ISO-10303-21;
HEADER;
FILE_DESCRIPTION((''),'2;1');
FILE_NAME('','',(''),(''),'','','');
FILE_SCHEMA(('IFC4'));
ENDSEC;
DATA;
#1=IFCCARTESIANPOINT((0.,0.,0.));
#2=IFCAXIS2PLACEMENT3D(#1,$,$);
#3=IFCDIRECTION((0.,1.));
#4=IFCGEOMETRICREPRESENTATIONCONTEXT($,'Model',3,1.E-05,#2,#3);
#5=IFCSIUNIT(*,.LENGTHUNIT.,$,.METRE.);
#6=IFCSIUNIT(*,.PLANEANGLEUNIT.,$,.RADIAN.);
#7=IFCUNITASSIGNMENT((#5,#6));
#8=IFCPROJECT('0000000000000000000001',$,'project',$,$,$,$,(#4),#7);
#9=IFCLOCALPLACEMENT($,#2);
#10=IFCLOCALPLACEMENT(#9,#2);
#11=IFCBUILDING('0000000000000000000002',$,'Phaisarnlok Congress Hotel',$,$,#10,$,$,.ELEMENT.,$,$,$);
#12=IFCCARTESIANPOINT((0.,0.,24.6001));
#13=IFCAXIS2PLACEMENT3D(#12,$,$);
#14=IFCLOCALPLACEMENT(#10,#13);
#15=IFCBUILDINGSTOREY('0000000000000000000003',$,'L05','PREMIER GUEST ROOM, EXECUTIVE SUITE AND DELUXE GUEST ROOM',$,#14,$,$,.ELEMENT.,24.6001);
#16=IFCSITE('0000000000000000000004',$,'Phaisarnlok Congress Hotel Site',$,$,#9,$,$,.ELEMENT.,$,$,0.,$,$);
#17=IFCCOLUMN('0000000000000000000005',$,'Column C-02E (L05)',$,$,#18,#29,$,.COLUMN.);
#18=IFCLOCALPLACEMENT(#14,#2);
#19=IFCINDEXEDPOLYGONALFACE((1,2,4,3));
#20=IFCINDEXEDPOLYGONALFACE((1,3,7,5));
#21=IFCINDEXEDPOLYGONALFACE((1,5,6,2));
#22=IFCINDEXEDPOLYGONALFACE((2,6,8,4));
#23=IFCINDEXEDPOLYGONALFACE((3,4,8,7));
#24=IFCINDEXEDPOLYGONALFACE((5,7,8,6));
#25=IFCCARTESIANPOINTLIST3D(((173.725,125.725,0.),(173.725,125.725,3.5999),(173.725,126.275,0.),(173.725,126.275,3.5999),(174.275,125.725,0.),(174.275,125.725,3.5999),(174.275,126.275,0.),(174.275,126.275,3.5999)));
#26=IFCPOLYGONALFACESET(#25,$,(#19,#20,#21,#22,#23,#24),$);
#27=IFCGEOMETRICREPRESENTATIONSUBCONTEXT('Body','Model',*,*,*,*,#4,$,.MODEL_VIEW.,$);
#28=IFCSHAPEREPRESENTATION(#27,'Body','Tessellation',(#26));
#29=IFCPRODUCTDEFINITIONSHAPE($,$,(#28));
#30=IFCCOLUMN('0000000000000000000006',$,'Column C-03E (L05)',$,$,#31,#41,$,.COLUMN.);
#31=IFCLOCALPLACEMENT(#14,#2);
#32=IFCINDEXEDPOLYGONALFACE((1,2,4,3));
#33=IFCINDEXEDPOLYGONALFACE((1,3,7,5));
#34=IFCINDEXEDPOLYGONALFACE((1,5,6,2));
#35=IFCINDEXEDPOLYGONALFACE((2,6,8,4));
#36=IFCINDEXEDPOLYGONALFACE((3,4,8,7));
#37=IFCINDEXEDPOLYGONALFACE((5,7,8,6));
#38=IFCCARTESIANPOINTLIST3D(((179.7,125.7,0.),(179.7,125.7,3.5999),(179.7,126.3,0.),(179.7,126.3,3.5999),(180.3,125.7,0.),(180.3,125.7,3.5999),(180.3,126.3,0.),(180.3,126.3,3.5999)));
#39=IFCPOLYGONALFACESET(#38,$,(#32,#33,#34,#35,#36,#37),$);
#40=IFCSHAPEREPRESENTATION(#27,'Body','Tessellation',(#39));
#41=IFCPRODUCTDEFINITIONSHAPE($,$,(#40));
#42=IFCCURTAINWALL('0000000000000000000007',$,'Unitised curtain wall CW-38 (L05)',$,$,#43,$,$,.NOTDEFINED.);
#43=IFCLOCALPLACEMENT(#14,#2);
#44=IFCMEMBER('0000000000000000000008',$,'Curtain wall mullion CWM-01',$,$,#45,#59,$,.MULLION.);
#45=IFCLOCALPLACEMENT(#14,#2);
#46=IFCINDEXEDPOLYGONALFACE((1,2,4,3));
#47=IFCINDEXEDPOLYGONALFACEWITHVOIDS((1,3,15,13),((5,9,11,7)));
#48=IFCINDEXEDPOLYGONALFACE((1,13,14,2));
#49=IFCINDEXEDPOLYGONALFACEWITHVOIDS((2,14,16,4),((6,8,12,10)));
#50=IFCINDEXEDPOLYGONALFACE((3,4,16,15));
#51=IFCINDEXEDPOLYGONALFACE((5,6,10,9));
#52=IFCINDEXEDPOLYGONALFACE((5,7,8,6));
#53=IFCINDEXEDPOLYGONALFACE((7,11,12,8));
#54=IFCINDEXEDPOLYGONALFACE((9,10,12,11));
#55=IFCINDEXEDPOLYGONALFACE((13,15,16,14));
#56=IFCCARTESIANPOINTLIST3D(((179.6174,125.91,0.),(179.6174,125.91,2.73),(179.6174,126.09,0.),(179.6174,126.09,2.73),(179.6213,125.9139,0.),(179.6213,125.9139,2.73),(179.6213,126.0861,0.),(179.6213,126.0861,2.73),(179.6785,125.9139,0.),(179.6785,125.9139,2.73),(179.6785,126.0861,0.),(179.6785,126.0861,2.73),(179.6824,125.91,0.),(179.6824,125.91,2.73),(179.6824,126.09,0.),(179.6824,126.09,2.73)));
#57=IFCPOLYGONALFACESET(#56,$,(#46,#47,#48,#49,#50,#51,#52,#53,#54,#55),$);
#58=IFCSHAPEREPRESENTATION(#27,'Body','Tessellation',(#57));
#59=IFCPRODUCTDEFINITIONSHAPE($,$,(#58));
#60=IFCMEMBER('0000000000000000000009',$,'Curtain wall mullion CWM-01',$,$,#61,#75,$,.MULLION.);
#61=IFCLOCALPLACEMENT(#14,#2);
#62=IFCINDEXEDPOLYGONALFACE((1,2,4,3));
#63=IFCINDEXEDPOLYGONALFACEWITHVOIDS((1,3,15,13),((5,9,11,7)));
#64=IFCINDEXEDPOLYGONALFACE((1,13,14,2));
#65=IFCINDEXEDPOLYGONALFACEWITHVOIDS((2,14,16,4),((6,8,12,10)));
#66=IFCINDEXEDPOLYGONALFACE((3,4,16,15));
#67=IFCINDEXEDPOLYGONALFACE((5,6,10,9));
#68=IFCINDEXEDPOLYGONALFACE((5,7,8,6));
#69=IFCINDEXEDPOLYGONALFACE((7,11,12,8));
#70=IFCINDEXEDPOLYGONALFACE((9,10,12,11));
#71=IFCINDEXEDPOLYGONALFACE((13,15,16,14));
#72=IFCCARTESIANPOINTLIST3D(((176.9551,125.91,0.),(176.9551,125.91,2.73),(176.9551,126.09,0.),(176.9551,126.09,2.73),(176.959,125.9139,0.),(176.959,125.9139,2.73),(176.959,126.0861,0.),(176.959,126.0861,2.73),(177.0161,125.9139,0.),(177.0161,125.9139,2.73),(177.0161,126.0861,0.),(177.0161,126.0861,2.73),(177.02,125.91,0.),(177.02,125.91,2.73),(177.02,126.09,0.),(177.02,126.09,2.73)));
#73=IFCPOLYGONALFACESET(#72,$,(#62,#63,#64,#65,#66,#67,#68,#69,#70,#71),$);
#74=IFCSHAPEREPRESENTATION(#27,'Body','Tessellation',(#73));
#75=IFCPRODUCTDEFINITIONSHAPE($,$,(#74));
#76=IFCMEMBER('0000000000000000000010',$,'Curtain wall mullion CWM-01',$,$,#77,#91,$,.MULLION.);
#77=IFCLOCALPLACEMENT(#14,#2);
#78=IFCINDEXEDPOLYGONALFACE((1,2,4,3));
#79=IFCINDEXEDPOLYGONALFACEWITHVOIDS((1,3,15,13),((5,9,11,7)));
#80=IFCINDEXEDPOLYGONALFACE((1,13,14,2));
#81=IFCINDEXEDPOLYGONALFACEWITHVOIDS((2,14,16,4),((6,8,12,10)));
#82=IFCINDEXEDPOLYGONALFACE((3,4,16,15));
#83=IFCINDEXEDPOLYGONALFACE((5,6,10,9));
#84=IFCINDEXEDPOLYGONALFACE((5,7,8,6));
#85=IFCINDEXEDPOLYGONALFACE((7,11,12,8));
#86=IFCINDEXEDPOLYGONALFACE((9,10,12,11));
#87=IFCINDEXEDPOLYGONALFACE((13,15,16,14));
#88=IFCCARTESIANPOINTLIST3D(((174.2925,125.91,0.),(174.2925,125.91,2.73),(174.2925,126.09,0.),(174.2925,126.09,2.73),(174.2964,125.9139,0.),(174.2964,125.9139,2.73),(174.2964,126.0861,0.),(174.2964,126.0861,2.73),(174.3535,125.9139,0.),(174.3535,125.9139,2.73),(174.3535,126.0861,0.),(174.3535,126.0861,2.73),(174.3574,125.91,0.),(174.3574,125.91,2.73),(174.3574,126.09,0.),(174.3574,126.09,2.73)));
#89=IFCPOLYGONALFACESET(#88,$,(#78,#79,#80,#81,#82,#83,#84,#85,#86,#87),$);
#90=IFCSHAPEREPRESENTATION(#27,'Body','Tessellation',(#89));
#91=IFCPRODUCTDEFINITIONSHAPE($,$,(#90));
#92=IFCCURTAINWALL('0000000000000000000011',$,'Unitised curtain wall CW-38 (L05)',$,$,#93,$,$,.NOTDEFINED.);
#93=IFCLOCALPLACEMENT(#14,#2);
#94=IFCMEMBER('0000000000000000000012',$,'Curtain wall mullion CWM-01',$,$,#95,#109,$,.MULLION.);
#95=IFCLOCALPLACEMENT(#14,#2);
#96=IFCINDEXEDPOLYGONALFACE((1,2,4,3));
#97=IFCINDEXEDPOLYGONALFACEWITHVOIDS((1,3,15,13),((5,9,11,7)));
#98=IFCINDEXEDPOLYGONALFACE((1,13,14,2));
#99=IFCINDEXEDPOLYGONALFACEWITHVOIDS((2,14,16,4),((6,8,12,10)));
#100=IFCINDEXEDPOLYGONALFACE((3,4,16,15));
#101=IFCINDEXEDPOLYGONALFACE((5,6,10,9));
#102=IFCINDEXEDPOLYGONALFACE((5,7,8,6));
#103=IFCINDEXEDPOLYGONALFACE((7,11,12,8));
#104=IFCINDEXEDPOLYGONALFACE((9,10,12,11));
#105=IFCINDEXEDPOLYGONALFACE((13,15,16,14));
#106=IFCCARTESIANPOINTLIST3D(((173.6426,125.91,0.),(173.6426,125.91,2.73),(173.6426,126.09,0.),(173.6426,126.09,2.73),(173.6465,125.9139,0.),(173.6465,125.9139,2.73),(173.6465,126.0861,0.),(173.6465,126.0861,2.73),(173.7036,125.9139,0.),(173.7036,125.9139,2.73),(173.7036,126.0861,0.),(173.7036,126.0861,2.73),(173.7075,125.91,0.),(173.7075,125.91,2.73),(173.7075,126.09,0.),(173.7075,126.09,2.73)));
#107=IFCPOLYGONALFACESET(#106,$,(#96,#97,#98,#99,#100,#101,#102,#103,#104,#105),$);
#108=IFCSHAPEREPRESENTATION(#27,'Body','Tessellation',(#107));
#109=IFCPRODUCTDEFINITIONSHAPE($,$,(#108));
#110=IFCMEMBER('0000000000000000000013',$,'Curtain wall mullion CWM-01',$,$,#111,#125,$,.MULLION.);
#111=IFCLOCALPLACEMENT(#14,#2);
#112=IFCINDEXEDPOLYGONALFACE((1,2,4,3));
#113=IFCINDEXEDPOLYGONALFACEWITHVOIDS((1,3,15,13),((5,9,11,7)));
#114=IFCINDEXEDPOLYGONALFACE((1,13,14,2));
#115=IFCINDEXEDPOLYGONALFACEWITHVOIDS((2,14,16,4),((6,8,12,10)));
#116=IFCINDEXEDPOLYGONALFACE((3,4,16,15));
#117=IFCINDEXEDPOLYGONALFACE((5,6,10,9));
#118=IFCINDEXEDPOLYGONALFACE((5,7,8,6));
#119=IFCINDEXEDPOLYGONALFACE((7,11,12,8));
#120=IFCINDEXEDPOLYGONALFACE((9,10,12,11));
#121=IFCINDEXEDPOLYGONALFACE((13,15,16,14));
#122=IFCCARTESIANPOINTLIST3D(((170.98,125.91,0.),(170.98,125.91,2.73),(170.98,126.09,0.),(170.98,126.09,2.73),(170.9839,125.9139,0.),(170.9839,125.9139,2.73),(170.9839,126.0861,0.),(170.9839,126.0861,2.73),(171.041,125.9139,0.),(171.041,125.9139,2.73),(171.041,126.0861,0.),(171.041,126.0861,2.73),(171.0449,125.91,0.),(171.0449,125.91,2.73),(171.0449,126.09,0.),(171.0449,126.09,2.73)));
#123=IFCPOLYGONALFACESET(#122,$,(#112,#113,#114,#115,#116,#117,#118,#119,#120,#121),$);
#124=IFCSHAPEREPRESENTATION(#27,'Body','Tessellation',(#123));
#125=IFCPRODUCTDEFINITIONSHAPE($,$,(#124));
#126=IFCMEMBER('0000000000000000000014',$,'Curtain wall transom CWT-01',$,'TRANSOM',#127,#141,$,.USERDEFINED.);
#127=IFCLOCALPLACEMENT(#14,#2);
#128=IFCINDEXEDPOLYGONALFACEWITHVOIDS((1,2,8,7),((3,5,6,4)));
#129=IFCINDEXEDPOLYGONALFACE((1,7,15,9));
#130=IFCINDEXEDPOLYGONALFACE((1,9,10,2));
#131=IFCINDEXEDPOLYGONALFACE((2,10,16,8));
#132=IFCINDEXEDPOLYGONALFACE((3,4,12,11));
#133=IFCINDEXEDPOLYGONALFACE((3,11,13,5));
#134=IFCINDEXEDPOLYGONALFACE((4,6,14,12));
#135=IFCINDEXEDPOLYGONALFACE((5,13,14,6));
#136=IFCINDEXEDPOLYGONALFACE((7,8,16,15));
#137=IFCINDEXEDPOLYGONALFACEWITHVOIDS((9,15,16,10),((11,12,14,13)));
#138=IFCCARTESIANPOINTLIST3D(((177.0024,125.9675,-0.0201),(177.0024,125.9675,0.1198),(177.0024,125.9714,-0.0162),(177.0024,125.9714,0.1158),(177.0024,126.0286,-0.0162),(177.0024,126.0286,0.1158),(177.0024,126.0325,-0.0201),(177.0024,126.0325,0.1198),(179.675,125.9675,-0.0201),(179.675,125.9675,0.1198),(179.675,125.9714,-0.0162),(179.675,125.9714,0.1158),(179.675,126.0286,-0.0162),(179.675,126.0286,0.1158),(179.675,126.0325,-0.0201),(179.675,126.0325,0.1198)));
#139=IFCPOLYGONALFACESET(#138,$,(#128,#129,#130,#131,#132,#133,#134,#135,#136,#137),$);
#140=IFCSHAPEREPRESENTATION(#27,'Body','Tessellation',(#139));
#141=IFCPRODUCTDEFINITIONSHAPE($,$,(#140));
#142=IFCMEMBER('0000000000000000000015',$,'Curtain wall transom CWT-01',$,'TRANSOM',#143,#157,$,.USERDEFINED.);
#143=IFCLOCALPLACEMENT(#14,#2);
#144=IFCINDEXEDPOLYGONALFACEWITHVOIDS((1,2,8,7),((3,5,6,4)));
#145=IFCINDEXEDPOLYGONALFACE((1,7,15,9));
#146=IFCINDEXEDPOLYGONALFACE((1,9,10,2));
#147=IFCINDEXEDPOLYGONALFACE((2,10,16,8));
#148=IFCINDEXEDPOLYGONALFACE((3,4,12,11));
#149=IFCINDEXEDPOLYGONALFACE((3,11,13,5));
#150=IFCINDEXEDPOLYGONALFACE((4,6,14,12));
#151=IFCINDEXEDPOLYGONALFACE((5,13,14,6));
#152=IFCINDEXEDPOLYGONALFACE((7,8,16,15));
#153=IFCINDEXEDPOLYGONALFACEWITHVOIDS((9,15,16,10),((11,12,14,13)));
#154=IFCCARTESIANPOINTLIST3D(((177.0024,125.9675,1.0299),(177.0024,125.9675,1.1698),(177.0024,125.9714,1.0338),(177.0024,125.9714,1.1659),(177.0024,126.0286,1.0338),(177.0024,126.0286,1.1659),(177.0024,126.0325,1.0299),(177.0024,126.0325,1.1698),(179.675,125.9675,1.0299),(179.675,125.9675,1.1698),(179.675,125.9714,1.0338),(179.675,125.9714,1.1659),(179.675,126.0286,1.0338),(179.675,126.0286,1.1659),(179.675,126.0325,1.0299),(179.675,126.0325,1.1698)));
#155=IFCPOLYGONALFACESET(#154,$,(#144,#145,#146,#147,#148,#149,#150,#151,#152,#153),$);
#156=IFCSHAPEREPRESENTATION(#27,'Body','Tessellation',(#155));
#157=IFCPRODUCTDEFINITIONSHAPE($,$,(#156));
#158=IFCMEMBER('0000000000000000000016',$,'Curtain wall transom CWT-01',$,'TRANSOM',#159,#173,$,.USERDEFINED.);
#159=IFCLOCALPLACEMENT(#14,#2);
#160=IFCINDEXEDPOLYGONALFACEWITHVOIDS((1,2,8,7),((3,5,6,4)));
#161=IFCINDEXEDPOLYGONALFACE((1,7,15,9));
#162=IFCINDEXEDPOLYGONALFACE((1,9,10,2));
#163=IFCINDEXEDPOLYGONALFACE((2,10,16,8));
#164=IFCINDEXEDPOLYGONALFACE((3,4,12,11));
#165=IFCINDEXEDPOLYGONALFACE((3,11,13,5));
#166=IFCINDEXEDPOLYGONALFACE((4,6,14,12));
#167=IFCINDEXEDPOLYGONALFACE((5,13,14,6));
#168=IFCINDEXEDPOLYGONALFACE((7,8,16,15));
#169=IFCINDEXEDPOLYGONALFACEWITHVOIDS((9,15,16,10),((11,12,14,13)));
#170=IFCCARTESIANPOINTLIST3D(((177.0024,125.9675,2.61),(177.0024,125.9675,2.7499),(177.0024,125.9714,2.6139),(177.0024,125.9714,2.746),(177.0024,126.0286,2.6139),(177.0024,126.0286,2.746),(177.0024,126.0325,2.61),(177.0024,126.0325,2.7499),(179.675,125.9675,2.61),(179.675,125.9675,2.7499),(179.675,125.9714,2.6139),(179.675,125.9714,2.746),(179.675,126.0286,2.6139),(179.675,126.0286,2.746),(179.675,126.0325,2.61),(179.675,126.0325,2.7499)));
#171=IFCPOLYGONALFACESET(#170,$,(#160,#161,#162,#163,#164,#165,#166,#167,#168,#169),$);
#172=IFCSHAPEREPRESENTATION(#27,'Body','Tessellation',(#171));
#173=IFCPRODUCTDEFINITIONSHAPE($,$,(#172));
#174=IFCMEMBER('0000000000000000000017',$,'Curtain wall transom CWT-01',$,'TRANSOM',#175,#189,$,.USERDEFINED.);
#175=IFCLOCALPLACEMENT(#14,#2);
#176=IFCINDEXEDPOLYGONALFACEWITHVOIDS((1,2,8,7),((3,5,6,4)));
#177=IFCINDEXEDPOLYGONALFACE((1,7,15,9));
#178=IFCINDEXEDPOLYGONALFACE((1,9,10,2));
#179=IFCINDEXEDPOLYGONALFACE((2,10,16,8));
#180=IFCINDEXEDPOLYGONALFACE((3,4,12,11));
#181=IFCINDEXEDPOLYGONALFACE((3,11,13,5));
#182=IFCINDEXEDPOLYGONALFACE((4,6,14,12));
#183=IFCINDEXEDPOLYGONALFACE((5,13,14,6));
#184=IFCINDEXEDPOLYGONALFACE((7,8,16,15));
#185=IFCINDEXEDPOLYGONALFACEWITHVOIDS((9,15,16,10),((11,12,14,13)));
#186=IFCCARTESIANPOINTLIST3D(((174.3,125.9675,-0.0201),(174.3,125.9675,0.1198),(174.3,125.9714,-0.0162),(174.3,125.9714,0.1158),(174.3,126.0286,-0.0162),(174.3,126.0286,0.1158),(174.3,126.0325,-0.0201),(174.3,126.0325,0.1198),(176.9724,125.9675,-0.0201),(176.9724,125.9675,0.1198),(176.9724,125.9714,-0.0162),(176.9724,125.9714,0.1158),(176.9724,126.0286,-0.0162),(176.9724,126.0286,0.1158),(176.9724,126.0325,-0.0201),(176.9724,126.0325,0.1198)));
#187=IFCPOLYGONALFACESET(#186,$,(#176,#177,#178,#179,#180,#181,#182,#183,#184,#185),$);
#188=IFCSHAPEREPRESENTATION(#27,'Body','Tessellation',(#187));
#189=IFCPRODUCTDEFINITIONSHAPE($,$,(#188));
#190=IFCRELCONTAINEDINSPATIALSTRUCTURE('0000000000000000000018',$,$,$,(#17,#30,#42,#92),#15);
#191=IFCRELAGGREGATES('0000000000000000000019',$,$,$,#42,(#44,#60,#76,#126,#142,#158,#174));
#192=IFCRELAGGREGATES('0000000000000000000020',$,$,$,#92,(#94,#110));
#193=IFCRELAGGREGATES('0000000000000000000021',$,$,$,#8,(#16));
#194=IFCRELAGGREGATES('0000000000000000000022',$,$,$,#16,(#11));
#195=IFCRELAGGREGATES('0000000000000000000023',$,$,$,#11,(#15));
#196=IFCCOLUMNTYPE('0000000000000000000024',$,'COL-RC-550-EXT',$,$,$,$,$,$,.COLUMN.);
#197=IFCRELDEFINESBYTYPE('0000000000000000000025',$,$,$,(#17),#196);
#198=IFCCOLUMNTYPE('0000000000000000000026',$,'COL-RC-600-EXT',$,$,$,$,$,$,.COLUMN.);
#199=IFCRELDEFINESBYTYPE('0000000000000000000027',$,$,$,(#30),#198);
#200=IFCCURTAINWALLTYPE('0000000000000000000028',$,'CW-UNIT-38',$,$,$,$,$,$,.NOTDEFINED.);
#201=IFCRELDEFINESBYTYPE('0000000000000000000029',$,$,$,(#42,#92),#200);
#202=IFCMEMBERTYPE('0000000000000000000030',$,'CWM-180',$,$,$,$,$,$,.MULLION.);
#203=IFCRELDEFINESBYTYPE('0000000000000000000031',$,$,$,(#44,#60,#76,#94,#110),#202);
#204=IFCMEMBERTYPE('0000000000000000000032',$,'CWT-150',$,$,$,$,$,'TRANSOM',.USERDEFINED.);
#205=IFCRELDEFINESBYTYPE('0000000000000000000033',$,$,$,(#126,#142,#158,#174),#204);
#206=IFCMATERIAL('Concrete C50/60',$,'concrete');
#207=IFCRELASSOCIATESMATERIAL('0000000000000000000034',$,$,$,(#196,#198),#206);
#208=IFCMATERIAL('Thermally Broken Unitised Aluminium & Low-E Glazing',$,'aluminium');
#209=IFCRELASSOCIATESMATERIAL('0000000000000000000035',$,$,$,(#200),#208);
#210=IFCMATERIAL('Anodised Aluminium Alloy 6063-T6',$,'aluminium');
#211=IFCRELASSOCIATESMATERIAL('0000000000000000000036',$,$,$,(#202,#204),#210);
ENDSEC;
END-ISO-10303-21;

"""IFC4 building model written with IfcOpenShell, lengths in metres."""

from ifc_helpers import new_model, si_unit, direction, frame, origin, origin_2d, place, context, subcontext, project, spatial, rectangle, hollow_rectangle, extrude, material, material_profile, profile_set, type_object, element, aggregate, save


model = new_model("IFC4")

# Units and contexts
model_context = context("Model", 3, precision=1e-05, world=origin(), true_north=direction((0.0, 1.0)))
body_context = subcontext(model_context, "Body", "Model", "MODEL_VIEW")
ifc_project = project(units=[si_unit("LENGTHUNIT", "METRE"), si_unit("PLANEANGLEUNIT", "RADIAN")], contexts=[model_context])

# Site, building, storey
site_placement = place(None, origin())
site = spatial("IfcSite", under=ifc_project, at=site_placement, Name="Phaisarnlok Congress Hotel Site", CompositionType="ELEMENT", RefElevation=0.0)
building_placement = place(site_placement, origin())
building = spatial("IfcBuilding", under=site, at=building_placement, Name="Phaisarnlok Congress Hotel", CompositionType="ELEMENT")
storey_placement = place(building_placement, frame((0.0, 0.0, 24.6001)))
storey = spatial("IfcBuildingStorey", under=building, at=storey_placement, Name="L05", Description="PREMIER GUEST ROOM, EXECUTIVE SUITE AND DELUXE GUEST ROOM", CompositionType="ELEMENT", Elevation=24.6001)

# Columns
ifc_material_1 = material(Name="Concrete C50/60", Category="concrete")
ifc_material_profile_1 = material_profile(ifc_material_1, rectangle(XDim=0.55, YDim=0.55, at=origin_2d()), Name="RC 550x550")
ifc_profile_set_1 = profile_set([ifc_material_profile_1], Name="Concrete C50/60")
column_type_1 = type_object("IfcColumnType", Name="COL-RC-550-EXT", PredefinedType="COLUMN", material=ifc_profile_set_1)
column_1_placement = place(storey_placement, frame((174.0, 126.0, 0.0), z_axis=(0.0, 0.0, 1.0), x_axis=(1.0, 0.0, 0.0)))
element("IfcColumn", 1, at=column_1_placement, inside=storey, type_object=column_type_1, Name="Column C-02E (L05)", PredefinedType="COLUMN", context=body_context, shape_type="SweptSolid", body=[
    extrude(rectangle(XDim=0.55, YDim=0.55, at=origin_2d()), origin(), (0.0, 0.0, 1.0), 3.5999),
])
ifc_material_profile_2 = material_profile(ifc_material_1, rectangle(XDim=0.6001, YDim=0.6001, at=origin_2d()), Name="RC 600x600")
ifc_profile_set_2 = profile_set([ifc_material_profile_2], Name="Concrete C50/60")
column_type_2 = type_object("IfcColumnType", Name="COL-RC-600-EXT", PredefinedType="COLUMN", material=ifc_profile_set_2)
column_2_placement = place(storey_placement, frame((180.0, 126.0, 0.0), z_axis=(0.0, 0.0, 1.0), x_axis=(1.0, 0.0, 0.0)))
element("IfcColumn", 2, at=column_2_placement, inside=storey, type_object=column_type_2, Name="Column C-03E (L05)", PredefinedType="COLUMN", context=body_context, shape_type="SweptSolid", body=[
    extrude(rectangle(XDim=0.6001, YDim=0.6001, at=origin_2d()), origin(), (0.0, 0.0, 1.0), 3.5999),
])

# Curtain walls, members
ifc_material_2 = material(Name="Thermally Broken Unitised Aluminium & Low-E Glazing", Category="aluminium")
curtain_wall_type = type_object("IfcCurtainWallType", Name="CW-UNIT-38", PredefinedType="NOTDEFINED", material=ifc_material_2)
curtain_wall_1_placement = place(storey_placement, origin())
curtain_wall_1 = element("IfcCurtainWall", 3, at=curtain_wall_1_placement, inside=storey, type_object=curtain_wall_type, Name="Unitised curtain wall CW-38 (L05)", PredefinedType="NOTDEFINED")
ifc_material_3 = material(Name="Anodised Aluminium Alloy 6063-T6", Category="aluminium")
ifc_material_profile_3 = material_profile(ifc_material_3, hollow_rectangle(XDim=0.0649, YDim=0.1799, WallThickness=0.0039, at=origin_2d()), Name="ALU-M 65x180x4")
ifc_profile_set_3 = profile_set([ifc_material_profile_3], Name="Anodised Aluminium Alloy 6063-T6")
member_type_1 = type_object("IfcMemberType", Name="CWM-180", PredefinedType="MULLION", material=ifc_profile_set_3)
member_1_placement = place(storey_placement, frame((179.6499, 126.0, 0.0), z_axis=(0.0, 0.0, 1.0), x_axis=(-1.0, 0.0, 0.0)))
member_1 = element("IfcMember", 4, at=member_1_placement, type_object=member_type_1, Name="Curtain wall mullion CWM-01", PredefinedType="MULLION", context=body_context, shape_type="SweptSolid", body=[
    extrude(hollow_rectangle(XDim=0.0649, YDim=0.1799, WallThickness=0.0039, at=origin_2d()), origin(), (0.0, 0.0, 1.0), 2.73),
])
member_2_placement = place(storey_placement, frame((176.9875, 126.0, 0.0), z_axis=(0.0, 0.0, 1.0), x_axis=(-1.0, 0.0, 0.0)))
member_2 = element("IfcMember", 5, at=member_2_placement, type_object=member_type_1, Name="Curtain wall mullion CWM-01", PredefinedType="MULLION", context=body_context, shape_type="SweptSolid", body=[
    extrude(hollow_rectangle(XDim=0.0649, YDim=0.1799, WallThickness=0.0039, at=origin_2d()), origin(), (0.0, 0.0, 1.0), 2.73),
])
member_3_placement = place(storey_placement, frame((174.325, 126.0, 0.0), z_axis=(0.0, 0.0, 1.0), x_axis=(-1.0, 0.0, 0.0)))
member_3 = element("IfcMember", 6, at=member_3_placement, type_object=member_type_1, Name="Curtain wall mullion CWM-01", PredefinedType="MULLION", context=body_context, shape_type="SweptSolid", body=[
    extrude(hollow_rectangle(XDim=0.0649, YDim=0.1799, WallThickness=0.0039, at=origin_2d()), origin(), (0.0, 0.0, 1.0), 2.73),
])
curtain_wall_2_placement = place(storey_placement, origin())
curtain_wall_2 = element("IfcCurtainWall", 7, at=curtain_wall_2_placement, inside=storey, type_object=curtain_wall_type, Name="Unitised curtain wall CW-38 (L05)", PredefinedType="NOTDEFINED")
member_4_placement = place(storey_placement, frame((173.675, 126.0, 0.0), z_axis=(0.0, 0.0, 1.0), x_axis=(-1.0, 0.0, 0.0)))
member_4 = element("IfcMember", 8, at=member_4_placement, type_object=member_type_1, Name="Curtain wall mullion CWM-01", PredefinedType="MULLION", context=body_context, shape_type="SweptSolid", body=[
    extrude(hollow_rectangle(XDim=0.0649, YDim=0.1799, WallThickness=0.0039, at=origin_2d()), origin(), (0.0, 0.0, 1.0), 2.73),
])
member_5_placement = place(storey_placement, frame((171.0125, 126.0, 0.0), z_axis=(0.0, 0.0, 1.0), x_axis=(-1.0, 0.0, 0.0)))
member_5 = element("IfcMember", 9, at=member_5_placement, type_object=member_type_1, Name="Curtain wall mullion CWM-01", PredefinedType="MULLION", context=body_context, shape_type="SweptSolid", body=[
    extrude(hollow_rectangle(XDim=0.0649, YDim=0.1799, WallThickness=0.0039, at=origin_2d()), origin(), (0.0, 0.0, 1.0), 2.73),
])

# Members
ifc_material_profile_4 = material_profile(ifc_material_3, hollow_rectangle(XDim=0.0649, YDim=0.1399, WallThickness=0.0039, at=origin_2d()), Name="ALU-T 65x140x4")
ifc_profile_set_4 = profile_set([ifc_material_profile_4], Name="Anodised Aluminium Alloy 6063-T6")
member_type_2 = type_object("IfcMemberType", Name="CWT-150", ElementType="TRANSOM", PredefinedType="USERDEFINED", material=ifc_profile_set_4)
member_6_placement = place(storey_placement, frame((179.675, 126.0, 0.0498), z_axis=(-1.0, 0.0, 0.0), x_axis=(0.0, -1.0, 0.0)))
member_6 = element("IfcMember", 10, at=member_6_placement, type_object=member_type_2, Name="Curtain wall transom CWT-01", ObjectType="TRANSOM", PredefinedType="USERDEFINED", context=body_context, shape_type="SweptSolid", body=[
    extrude(hollow_rectangle(XDim=0.0649, YDim=0.1399, WallThickness=0.0039, at=origin_2d()), origin(), (0.0, 0.0, 1.0), 2.6726),
])
member_7_placement = place(storey_placement, frame((179.675, 126.0, 1.0999), z_axis=(-1.0, 0.0, 0.0), x_axis=(0.0, -1.0, 0.0)))
member_7 = element("IfcMember", 11, at=member_7_placement, type_object=member_type_2, Name="Curtain wall transom CWT-01", ObjectType="TRANSOM", PredefinedType="USERDEFINED", context=body_context, shape_type="SweptSolid", body=[
    extrude(hollow_rectangle(XDim=0.0649, YDim=0.1399, WallThickness=0.0039, at=origin_2d()), origin(), (0.0, 0.0, 1.0), 2.6726),
])
member_8_placement = place(storey_placement, frame((179.675, 126.0, 2.6799), z_axis=(-1.0, 0.0, 0.0), x_axis=(0.0, -1.0, 0.0)))
member_8 = element("IfcMember", 12, at=member_8_placement, type_object=member_type_2, Name="Curtain wall transom CWT-01", ObjectType="TRANSOM", PredefinedType="USERDEFINED", context=body_context, shape_type="SweptSolid", body=[
    extrude(hollow_rectangle(XDim=0.0649, YDim=0.1399, WallThickness=0.0039, at=origin_2d()), origin(), (0.0, 0.0, 1.0), 2.6726),
])
member_9_placement = place(storey_placement, frame((176.9724, 126.0, 0.0498), z_axis=(-1.0, 0.0, 0.0), x_axis=(0.0, -1.0, 0.0)))
member_9 = element("IfcMember", 13, at=member_9_placement, type_object=member_type_2, Name="Curtain wall transom CWT-01", ObjectType="TRANSOM", PredefinedType="USERDEFINED", context=body_context, shape_type="SweptSolid", body=[
    extrude(hollow_rectangle(XDim=0.0649, YDim=0.1399, WallThickness=0.0039, at=origin_2d()), origin(), (0.0, 0.0, 1.0), 2.6724),
])

aggregate(curtain_wall_1, [member_1, member_2, member_3, member_6, member_7, member_8, member_9])
aggregate(curtain_wall_2, [member_4, member_5])

save(model, "model.ifc")
